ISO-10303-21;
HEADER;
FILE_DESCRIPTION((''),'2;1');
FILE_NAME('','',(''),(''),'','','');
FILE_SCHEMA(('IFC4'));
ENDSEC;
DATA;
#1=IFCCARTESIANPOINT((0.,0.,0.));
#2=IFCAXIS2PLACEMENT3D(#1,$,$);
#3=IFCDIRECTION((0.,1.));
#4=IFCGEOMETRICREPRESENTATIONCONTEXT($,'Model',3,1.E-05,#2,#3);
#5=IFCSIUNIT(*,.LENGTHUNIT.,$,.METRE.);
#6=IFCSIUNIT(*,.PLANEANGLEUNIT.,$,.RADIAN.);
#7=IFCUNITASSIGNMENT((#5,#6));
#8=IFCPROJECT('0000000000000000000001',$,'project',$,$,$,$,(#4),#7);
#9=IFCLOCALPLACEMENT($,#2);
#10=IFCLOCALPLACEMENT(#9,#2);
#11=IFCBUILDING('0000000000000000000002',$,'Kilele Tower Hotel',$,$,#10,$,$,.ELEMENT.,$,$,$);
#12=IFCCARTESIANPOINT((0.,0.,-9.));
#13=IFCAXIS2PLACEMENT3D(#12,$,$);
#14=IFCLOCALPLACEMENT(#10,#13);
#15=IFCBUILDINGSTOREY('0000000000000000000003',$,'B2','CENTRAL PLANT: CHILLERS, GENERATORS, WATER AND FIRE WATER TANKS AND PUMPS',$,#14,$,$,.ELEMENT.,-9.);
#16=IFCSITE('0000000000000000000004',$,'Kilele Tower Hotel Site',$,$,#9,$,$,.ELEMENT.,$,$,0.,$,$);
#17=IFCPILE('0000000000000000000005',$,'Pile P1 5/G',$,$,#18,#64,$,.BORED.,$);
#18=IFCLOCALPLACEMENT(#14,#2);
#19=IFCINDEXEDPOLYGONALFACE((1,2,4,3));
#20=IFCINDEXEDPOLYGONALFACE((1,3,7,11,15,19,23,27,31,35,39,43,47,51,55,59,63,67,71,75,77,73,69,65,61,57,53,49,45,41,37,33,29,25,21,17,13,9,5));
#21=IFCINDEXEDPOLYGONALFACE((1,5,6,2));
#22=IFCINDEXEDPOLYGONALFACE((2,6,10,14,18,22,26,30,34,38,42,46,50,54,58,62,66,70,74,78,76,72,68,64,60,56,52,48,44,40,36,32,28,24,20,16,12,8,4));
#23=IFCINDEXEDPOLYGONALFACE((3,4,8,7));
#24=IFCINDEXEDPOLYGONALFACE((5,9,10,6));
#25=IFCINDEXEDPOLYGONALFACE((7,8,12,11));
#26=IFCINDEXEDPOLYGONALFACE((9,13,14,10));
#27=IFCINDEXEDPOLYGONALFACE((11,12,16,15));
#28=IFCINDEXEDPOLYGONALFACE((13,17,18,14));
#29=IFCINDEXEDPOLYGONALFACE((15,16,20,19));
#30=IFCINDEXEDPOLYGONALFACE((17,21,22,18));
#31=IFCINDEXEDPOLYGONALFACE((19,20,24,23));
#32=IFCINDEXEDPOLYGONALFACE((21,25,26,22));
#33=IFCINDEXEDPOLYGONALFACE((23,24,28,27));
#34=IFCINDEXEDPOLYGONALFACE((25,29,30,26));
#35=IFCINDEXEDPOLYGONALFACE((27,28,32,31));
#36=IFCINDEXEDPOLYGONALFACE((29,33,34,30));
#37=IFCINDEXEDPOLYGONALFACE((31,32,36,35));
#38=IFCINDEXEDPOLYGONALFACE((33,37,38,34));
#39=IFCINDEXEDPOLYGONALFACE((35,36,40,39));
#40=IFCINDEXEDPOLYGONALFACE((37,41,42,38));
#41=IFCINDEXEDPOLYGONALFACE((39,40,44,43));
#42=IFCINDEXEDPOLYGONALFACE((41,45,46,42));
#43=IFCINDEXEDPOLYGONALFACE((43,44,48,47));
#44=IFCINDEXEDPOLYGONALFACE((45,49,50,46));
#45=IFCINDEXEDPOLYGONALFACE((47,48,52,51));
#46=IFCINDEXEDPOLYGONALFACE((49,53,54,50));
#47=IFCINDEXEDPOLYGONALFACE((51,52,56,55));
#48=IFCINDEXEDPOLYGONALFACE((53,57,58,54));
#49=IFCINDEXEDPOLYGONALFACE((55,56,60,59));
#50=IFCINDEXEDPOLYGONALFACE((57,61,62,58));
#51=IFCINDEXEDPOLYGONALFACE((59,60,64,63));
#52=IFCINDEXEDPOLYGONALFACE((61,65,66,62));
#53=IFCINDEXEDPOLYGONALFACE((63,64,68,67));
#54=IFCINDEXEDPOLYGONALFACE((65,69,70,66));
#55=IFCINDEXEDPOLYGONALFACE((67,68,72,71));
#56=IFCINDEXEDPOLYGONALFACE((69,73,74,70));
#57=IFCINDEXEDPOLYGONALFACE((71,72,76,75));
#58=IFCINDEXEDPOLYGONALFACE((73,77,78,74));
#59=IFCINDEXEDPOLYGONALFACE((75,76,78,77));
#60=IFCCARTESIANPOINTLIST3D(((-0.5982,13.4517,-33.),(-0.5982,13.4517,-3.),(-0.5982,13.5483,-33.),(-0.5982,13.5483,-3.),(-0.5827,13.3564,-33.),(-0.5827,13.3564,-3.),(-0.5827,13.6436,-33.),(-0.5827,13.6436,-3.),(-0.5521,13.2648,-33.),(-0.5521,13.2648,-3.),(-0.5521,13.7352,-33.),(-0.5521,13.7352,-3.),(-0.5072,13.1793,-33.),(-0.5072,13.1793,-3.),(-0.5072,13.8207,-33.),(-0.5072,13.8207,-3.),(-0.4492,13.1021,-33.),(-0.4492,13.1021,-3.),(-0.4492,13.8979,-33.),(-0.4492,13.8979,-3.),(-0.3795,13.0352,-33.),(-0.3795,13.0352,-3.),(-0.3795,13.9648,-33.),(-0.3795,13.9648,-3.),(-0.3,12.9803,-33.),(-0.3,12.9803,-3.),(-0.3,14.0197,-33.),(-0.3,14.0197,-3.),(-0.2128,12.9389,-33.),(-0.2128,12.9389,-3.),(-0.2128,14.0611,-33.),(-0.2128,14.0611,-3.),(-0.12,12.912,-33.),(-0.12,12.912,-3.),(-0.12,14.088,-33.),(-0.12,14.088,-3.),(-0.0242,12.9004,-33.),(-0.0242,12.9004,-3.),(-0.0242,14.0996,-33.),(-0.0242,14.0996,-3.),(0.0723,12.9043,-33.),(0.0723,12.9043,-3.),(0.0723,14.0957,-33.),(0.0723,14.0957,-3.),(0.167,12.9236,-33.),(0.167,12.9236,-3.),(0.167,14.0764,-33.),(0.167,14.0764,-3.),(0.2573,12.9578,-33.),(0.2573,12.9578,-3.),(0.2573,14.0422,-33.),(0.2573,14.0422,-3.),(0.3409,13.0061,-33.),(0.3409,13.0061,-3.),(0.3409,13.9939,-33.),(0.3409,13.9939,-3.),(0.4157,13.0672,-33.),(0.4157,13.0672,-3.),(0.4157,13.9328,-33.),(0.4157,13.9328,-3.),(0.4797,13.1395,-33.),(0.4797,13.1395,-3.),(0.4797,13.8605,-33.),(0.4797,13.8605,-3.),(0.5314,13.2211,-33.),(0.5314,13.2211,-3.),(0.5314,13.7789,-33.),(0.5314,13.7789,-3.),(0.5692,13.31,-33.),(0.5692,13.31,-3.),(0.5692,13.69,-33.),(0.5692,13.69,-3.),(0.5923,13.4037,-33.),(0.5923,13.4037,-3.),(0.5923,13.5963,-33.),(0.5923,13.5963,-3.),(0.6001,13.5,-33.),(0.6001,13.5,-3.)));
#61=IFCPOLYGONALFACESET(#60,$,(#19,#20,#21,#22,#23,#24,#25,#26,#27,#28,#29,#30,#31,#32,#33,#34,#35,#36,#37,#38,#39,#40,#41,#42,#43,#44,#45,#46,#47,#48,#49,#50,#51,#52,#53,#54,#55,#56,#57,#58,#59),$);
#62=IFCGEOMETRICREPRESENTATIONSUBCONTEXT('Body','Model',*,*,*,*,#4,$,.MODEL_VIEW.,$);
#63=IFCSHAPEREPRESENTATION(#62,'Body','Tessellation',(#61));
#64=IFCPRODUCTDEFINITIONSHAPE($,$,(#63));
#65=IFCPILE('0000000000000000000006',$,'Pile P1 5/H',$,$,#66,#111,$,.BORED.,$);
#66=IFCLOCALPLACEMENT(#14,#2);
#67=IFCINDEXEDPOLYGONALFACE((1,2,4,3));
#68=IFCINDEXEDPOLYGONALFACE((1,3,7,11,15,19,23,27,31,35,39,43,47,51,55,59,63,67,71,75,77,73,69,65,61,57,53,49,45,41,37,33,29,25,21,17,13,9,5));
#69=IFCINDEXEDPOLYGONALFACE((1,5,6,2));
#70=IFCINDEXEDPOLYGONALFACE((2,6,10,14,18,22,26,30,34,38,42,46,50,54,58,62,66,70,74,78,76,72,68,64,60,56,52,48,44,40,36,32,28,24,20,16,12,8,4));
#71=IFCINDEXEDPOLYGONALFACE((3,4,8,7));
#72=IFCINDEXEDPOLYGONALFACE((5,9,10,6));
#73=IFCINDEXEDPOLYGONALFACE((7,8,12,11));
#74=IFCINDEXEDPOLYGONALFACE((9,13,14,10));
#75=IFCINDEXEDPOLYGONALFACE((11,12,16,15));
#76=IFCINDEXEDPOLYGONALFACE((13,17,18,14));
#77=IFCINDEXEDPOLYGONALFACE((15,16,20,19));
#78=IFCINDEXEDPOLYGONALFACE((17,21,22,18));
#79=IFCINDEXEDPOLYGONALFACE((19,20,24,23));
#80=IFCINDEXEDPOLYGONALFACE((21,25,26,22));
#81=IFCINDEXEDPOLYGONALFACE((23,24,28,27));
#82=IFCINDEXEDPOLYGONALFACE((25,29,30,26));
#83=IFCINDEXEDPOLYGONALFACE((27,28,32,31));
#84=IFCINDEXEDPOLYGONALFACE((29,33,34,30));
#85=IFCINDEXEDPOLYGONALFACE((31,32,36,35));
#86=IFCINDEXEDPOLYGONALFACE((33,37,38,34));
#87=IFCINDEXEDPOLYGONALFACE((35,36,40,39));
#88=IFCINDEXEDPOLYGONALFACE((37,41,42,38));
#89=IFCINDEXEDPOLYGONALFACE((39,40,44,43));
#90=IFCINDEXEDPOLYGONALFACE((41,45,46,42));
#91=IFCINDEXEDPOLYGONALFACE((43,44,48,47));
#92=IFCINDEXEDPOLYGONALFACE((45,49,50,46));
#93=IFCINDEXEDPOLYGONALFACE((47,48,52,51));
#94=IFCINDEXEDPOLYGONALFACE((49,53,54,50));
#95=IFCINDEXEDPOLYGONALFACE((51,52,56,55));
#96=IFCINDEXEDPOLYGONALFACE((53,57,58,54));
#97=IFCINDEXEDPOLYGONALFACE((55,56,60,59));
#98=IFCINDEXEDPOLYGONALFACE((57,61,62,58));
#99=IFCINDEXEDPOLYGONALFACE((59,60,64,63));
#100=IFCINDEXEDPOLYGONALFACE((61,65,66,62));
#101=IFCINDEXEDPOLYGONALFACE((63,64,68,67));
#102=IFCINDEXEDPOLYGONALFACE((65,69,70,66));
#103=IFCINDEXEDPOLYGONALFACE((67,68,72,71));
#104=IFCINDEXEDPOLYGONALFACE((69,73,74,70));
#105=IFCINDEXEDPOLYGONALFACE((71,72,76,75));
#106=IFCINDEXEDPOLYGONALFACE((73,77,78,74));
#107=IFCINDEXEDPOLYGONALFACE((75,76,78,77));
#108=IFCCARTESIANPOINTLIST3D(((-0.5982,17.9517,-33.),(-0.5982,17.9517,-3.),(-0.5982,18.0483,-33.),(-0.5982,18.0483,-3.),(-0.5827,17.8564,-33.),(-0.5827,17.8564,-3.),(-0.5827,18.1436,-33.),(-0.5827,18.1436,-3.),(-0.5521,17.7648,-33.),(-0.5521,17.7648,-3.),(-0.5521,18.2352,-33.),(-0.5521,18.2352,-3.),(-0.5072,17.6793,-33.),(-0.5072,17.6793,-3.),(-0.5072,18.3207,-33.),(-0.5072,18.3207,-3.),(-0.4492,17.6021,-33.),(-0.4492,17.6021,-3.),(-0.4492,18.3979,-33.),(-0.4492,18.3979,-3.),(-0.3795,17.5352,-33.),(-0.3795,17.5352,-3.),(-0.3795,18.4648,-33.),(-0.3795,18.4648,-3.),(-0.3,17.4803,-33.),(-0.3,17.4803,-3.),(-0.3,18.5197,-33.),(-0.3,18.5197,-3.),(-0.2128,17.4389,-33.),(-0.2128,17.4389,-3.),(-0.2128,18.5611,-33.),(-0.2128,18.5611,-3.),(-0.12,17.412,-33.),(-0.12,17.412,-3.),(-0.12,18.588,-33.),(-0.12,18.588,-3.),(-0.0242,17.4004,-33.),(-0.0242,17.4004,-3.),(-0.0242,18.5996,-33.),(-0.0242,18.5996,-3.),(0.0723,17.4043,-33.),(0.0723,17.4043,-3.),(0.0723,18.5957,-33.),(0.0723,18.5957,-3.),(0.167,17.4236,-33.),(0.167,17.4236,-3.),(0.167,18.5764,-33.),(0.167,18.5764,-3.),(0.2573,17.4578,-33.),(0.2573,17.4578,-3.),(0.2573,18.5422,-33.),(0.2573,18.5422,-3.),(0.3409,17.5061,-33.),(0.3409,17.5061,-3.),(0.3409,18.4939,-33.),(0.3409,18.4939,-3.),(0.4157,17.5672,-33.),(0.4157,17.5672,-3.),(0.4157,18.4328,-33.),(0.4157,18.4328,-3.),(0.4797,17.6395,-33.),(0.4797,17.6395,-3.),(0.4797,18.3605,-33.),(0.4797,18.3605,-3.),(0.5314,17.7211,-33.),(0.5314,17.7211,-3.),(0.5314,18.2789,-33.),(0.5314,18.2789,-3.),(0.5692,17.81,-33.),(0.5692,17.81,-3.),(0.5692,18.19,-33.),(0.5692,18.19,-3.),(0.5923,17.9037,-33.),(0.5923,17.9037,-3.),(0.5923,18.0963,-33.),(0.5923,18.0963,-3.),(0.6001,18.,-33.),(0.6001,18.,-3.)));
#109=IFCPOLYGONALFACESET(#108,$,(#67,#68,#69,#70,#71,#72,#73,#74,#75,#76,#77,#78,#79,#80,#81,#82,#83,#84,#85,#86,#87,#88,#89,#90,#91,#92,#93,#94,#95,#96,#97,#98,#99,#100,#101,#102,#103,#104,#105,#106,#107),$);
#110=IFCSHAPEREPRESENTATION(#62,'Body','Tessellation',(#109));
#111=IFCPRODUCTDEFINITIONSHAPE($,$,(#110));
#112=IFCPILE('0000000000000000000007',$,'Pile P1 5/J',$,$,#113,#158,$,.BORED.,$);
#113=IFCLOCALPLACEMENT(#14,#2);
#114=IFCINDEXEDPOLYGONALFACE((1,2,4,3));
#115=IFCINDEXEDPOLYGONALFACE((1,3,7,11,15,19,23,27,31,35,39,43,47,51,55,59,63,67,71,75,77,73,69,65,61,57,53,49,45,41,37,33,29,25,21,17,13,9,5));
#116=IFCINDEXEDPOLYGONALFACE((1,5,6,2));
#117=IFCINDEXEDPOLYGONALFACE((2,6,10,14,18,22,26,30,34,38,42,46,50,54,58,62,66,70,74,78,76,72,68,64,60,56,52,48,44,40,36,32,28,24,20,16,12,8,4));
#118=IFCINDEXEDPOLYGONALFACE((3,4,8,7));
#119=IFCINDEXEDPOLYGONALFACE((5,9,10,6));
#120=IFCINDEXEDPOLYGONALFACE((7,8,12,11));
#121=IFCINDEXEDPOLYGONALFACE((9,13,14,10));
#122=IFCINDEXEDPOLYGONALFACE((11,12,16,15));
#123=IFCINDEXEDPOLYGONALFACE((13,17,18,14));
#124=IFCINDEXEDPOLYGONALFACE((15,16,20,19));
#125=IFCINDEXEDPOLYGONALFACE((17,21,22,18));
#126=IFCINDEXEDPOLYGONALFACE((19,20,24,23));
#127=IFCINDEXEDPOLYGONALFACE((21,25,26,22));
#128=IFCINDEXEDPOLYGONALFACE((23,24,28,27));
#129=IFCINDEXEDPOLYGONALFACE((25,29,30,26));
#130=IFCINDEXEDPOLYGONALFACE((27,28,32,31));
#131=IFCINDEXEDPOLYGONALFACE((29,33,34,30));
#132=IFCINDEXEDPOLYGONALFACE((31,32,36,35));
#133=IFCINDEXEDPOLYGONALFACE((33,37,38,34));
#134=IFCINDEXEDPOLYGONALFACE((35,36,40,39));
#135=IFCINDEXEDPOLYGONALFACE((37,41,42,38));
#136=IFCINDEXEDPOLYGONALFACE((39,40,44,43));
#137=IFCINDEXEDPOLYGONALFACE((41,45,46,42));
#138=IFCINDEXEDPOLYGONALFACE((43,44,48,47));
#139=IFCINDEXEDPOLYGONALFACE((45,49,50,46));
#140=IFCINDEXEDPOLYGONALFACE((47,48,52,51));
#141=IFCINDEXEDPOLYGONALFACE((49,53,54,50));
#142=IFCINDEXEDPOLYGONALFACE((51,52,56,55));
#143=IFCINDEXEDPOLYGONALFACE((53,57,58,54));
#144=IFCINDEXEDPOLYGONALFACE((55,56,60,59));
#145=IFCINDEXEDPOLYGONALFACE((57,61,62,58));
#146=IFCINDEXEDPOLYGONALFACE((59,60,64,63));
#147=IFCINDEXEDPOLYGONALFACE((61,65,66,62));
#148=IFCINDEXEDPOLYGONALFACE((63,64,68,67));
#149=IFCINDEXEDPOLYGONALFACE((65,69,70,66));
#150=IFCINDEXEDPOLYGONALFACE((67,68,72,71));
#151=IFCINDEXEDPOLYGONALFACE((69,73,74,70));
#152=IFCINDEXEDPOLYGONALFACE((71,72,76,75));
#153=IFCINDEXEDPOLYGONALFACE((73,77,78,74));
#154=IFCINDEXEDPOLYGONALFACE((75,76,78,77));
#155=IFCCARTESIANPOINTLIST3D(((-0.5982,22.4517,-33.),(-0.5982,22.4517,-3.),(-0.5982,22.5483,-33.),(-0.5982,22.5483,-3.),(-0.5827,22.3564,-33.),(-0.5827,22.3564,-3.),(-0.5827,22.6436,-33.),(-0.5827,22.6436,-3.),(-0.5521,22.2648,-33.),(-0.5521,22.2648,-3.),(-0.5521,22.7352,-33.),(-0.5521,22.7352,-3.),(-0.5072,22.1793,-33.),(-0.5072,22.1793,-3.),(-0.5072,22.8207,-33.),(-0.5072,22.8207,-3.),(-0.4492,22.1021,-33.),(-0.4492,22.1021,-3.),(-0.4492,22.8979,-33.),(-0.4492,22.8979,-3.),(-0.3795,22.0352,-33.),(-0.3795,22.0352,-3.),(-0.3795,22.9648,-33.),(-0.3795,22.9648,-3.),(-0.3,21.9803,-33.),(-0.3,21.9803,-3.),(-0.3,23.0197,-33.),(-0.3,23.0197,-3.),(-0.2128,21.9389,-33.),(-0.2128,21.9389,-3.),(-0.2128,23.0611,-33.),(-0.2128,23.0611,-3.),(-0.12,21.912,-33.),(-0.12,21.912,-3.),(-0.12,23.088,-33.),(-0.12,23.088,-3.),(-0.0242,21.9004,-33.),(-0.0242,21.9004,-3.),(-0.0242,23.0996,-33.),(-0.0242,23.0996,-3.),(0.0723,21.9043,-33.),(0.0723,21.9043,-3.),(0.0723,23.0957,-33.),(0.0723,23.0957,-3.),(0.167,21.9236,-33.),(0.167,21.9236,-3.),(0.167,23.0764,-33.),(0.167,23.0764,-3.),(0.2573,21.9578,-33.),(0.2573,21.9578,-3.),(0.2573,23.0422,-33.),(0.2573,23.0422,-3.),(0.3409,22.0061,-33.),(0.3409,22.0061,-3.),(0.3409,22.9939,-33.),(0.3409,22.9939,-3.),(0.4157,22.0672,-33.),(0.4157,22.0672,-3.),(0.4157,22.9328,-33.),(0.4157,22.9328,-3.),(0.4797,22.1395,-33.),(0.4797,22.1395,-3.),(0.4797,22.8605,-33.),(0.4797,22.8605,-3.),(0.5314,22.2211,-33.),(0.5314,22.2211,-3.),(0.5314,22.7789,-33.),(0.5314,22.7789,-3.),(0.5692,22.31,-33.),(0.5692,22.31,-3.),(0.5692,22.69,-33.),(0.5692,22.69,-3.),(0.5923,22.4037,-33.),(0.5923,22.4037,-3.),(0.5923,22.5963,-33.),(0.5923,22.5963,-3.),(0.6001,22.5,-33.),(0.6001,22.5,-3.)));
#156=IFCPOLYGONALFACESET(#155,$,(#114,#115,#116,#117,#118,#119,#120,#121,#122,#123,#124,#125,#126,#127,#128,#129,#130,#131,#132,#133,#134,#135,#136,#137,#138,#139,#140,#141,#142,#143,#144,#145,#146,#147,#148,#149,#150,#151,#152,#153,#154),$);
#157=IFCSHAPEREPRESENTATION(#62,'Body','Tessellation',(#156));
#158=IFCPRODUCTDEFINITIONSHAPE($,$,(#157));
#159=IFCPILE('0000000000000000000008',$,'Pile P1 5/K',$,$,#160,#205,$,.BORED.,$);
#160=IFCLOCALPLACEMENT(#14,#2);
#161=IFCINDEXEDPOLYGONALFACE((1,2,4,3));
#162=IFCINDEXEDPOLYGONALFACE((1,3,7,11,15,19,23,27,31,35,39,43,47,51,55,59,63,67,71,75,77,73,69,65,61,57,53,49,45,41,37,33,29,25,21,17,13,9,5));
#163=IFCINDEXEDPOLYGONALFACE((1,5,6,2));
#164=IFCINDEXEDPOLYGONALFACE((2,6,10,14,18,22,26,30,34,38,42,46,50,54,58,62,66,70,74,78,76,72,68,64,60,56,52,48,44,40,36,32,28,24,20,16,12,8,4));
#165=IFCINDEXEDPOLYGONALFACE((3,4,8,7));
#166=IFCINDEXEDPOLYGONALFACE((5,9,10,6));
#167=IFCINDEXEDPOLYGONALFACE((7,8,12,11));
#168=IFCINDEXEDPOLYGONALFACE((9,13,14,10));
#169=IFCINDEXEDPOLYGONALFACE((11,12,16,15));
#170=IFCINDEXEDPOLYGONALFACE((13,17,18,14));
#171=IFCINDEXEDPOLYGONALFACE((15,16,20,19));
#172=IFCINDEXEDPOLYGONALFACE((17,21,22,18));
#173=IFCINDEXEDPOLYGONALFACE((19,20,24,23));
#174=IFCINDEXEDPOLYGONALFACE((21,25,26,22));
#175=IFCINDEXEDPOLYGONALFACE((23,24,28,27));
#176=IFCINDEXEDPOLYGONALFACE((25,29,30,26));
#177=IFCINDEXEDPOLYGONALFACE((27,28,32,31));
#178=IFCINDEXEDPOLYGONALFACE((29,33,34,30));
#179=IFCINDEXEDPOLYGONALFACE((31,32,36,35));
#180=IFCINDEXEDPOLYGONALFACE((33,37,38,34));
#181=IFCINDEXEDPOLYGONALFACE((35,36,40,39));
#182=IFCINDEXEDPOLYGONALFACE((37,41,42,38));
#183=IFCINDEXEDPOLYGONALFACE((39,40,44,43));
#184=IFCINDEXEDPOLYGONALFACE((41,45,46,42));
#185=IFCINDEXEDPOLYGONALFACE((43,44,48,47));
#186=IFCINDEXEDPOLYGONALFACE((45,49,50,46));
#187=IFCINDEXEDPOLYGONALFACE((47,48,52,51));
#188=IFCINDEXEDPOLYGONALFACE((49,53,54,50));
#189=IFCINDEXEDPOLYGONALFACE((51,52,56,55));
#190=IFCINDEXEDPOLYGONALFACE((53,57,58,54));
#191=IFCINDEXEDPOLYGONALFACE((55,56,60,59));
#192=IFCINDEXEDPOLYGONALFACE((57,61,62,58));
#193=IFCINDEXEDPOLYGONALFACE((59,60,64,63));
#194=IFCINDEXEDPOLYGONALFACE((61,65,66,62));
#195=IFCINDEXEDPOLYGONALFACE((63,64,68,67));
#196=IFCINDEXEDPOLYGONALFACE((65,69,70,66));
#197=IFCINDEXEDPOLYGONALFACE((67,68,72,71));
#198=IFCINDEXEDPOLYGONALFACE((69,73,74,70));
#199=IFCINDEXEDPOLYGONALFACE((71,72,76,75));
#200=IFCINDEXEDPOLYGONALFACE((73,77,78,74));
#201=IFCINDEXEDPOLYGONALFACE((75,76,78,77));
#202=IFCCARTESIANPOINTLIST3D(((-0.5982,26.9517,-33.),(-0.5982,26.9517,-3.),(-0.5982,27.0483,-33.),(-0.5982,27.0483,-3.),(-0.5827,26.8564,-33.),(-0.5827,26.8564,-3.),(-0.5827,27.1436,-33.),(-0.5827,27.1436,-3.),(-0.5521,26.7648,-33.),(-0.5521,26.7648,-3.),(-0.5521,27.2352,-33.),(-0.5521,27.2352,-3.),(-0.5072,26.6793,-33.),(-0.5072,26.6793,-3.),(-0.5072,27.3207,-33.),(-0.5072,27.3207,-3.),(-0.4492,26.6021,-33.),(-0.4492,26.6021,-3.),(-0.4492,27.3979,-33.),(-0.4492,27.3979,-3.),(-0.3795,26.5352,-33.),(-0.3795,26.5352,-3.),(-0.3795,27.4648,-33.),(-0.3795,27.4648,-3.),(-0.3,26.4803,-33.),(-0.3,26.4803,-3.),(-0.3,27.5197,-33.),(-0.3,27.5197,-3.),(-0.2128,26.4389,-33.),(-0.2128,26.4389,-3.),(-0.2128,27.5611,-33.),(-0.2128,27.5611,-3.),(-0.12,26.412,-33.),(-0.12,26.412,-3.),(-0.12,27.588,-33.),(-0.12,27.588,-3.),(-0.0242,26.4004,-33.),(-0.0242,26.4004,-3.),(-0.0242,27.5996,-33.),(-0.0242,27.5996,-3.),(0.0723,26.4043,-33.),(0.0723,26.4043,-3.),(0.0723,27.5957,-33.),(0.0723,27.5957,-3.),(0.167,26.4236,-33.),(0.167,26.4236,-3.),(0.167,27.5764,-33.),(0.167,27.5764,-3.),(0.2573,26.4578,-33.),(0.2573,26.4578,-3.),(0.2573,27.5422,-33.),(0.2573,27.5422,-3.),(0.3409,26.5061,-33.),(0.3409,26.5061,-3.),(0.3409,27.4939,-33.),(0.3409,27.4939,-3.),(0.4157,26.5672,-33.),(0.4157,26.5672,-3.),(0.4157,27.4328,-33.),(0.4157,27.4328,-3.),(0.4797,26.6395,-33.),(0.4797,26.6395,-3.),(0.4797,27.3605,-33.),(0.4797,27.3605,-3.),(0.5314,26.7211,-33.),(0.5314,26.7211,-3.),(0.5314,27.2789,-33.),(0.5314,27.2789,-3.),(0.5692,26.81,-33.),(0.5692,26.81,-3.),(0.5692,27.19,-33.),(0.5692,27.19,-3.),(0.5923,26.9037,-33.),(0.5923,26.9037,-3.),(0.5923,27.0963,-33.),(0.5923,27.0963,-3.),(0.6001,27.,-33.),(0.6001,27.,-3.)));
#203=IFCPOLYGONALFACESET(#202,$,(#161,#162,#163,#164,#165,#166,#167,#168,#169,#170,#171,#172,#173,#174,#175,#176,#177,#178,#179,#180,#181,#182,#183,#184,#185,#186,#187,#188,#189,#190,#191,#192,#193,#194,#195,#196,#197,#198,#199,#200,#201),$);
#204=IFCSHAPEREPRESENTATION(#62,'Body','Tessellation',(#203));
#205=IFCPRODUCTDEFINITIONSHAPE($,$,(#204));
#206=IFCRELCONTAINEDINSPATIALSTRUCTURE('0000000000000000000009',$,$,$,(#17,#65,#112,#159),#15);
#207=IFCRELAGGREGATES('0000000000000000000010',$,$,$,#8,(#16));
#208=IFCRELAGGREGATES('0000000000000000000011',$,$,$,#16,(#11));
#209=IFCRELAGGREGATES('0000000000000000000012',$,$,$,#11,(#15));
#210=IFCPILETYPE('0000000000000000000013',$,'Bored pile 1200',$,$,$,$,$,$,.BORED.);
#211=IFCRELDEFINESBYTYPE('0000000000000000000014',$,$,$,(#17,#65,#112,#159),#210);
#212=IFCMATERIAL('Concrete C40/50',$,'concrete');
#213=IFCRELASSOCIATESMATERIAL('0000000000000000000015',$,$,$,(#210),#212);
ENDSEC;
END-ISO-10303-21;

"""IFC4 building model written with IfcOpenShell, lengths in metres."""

from ifc_helpers import new_model, si_unit, direction, frame, origin, origin_2d, place, context, subcontext, project, spatial, circle, extrude, material, material_profile, profile_set, type_object, element, save


model = new_model("IFC4")

# Units and contexts
model_context = context("Model", 3, precision=1e-05, world=origin(), true_north=direction((0.0, 1.0)))
body_context = subcontext(model_context, "Body", "Model", "MODEL_VIEW")
ifc_project = project(units=[si_unit("LENGTHUNIT", "METRE"), si_unit("PLANEANGLEUNIT", "RADIAN")], contexts=[model_context])

# Site, building, storey
site_placement = place(None, origin())
site = spatial("IfcSite", under=ifc_project, at=site_placement, Name="Kilele Tower Hotel Site", CompositionType="ELEMENT", RefElevation=0.0)
building_placement = place(site_placement, origin())
building = spatial("IfcBuilding", under=site, at=building_placement, Name="Kilele Tower Hotel", CompositionType="ELEMENT")
storey_placement = place(building_placement, frame((0.0, 0.0, -9.0)))
storey = spatial("IfcBuildingStorey", under=building, at=storey_placement, Name="B2", Description="CENTRAL PLANT: CHILLERS, GENERATORS, WATER AND FIRE WATER TANKS AND PUMPS", CompositionType="ELEMENT", Elevation=-9.0)

# Piles
ifc_material_1 = material(Name="Concrete C40/50", Category="concrete")
ifc_material_profile_1 = material_profile(ifc_material_1, circle(Radius=0.6001, at=origin_2d()))
ifc_profile_set_1 = profile_set([ifc_material_profile_1], Name="Concrete C40/50")
pile_type = type_object("IfcPileType", Name="Bored pile 1200", PredefinedType="BORED", material=ifc_profile_set_1)
for number, where, z_axis, x_axis, name in (
    (1, (0.0, 13.5, -3.0), (0.0, 0.0, -1.0), (1.0, 0.0, 0.0), "Pile P1 5/G"),
    (2, (0.0, 18.0, -3.0), (0.0, 0.0, -1.0), (1.0, 0.0, 0.0), "Pile P1 5/H"),
    (3, (0.0, 22.5, -3.0), (0.0, 0.0, -1.0), (1.0, 0.0, 0.0), "Pile P1 5/J"),
    (4, (0.0, 27.0, -3.0), (0.0, 0.0, -1.0), (1.0, 0.0, 0.0), "Pile P1 5/K"),
):
    element("IfcPile", number, at=place(storey_placement, frame(where, z_axis=z_axis, x_axis=x_axis)), inside=storey, type_object=pile_type, Name=name, PredefinedType="BORED", context=body_context, shape_type="SweptSolid", body=[
        extrude(circle(Radius=0.6001, at=origin_2d()), origin(), (0.0, 0.0, 1.0), 30.0),
    ])

save(model, "model.ifc")
